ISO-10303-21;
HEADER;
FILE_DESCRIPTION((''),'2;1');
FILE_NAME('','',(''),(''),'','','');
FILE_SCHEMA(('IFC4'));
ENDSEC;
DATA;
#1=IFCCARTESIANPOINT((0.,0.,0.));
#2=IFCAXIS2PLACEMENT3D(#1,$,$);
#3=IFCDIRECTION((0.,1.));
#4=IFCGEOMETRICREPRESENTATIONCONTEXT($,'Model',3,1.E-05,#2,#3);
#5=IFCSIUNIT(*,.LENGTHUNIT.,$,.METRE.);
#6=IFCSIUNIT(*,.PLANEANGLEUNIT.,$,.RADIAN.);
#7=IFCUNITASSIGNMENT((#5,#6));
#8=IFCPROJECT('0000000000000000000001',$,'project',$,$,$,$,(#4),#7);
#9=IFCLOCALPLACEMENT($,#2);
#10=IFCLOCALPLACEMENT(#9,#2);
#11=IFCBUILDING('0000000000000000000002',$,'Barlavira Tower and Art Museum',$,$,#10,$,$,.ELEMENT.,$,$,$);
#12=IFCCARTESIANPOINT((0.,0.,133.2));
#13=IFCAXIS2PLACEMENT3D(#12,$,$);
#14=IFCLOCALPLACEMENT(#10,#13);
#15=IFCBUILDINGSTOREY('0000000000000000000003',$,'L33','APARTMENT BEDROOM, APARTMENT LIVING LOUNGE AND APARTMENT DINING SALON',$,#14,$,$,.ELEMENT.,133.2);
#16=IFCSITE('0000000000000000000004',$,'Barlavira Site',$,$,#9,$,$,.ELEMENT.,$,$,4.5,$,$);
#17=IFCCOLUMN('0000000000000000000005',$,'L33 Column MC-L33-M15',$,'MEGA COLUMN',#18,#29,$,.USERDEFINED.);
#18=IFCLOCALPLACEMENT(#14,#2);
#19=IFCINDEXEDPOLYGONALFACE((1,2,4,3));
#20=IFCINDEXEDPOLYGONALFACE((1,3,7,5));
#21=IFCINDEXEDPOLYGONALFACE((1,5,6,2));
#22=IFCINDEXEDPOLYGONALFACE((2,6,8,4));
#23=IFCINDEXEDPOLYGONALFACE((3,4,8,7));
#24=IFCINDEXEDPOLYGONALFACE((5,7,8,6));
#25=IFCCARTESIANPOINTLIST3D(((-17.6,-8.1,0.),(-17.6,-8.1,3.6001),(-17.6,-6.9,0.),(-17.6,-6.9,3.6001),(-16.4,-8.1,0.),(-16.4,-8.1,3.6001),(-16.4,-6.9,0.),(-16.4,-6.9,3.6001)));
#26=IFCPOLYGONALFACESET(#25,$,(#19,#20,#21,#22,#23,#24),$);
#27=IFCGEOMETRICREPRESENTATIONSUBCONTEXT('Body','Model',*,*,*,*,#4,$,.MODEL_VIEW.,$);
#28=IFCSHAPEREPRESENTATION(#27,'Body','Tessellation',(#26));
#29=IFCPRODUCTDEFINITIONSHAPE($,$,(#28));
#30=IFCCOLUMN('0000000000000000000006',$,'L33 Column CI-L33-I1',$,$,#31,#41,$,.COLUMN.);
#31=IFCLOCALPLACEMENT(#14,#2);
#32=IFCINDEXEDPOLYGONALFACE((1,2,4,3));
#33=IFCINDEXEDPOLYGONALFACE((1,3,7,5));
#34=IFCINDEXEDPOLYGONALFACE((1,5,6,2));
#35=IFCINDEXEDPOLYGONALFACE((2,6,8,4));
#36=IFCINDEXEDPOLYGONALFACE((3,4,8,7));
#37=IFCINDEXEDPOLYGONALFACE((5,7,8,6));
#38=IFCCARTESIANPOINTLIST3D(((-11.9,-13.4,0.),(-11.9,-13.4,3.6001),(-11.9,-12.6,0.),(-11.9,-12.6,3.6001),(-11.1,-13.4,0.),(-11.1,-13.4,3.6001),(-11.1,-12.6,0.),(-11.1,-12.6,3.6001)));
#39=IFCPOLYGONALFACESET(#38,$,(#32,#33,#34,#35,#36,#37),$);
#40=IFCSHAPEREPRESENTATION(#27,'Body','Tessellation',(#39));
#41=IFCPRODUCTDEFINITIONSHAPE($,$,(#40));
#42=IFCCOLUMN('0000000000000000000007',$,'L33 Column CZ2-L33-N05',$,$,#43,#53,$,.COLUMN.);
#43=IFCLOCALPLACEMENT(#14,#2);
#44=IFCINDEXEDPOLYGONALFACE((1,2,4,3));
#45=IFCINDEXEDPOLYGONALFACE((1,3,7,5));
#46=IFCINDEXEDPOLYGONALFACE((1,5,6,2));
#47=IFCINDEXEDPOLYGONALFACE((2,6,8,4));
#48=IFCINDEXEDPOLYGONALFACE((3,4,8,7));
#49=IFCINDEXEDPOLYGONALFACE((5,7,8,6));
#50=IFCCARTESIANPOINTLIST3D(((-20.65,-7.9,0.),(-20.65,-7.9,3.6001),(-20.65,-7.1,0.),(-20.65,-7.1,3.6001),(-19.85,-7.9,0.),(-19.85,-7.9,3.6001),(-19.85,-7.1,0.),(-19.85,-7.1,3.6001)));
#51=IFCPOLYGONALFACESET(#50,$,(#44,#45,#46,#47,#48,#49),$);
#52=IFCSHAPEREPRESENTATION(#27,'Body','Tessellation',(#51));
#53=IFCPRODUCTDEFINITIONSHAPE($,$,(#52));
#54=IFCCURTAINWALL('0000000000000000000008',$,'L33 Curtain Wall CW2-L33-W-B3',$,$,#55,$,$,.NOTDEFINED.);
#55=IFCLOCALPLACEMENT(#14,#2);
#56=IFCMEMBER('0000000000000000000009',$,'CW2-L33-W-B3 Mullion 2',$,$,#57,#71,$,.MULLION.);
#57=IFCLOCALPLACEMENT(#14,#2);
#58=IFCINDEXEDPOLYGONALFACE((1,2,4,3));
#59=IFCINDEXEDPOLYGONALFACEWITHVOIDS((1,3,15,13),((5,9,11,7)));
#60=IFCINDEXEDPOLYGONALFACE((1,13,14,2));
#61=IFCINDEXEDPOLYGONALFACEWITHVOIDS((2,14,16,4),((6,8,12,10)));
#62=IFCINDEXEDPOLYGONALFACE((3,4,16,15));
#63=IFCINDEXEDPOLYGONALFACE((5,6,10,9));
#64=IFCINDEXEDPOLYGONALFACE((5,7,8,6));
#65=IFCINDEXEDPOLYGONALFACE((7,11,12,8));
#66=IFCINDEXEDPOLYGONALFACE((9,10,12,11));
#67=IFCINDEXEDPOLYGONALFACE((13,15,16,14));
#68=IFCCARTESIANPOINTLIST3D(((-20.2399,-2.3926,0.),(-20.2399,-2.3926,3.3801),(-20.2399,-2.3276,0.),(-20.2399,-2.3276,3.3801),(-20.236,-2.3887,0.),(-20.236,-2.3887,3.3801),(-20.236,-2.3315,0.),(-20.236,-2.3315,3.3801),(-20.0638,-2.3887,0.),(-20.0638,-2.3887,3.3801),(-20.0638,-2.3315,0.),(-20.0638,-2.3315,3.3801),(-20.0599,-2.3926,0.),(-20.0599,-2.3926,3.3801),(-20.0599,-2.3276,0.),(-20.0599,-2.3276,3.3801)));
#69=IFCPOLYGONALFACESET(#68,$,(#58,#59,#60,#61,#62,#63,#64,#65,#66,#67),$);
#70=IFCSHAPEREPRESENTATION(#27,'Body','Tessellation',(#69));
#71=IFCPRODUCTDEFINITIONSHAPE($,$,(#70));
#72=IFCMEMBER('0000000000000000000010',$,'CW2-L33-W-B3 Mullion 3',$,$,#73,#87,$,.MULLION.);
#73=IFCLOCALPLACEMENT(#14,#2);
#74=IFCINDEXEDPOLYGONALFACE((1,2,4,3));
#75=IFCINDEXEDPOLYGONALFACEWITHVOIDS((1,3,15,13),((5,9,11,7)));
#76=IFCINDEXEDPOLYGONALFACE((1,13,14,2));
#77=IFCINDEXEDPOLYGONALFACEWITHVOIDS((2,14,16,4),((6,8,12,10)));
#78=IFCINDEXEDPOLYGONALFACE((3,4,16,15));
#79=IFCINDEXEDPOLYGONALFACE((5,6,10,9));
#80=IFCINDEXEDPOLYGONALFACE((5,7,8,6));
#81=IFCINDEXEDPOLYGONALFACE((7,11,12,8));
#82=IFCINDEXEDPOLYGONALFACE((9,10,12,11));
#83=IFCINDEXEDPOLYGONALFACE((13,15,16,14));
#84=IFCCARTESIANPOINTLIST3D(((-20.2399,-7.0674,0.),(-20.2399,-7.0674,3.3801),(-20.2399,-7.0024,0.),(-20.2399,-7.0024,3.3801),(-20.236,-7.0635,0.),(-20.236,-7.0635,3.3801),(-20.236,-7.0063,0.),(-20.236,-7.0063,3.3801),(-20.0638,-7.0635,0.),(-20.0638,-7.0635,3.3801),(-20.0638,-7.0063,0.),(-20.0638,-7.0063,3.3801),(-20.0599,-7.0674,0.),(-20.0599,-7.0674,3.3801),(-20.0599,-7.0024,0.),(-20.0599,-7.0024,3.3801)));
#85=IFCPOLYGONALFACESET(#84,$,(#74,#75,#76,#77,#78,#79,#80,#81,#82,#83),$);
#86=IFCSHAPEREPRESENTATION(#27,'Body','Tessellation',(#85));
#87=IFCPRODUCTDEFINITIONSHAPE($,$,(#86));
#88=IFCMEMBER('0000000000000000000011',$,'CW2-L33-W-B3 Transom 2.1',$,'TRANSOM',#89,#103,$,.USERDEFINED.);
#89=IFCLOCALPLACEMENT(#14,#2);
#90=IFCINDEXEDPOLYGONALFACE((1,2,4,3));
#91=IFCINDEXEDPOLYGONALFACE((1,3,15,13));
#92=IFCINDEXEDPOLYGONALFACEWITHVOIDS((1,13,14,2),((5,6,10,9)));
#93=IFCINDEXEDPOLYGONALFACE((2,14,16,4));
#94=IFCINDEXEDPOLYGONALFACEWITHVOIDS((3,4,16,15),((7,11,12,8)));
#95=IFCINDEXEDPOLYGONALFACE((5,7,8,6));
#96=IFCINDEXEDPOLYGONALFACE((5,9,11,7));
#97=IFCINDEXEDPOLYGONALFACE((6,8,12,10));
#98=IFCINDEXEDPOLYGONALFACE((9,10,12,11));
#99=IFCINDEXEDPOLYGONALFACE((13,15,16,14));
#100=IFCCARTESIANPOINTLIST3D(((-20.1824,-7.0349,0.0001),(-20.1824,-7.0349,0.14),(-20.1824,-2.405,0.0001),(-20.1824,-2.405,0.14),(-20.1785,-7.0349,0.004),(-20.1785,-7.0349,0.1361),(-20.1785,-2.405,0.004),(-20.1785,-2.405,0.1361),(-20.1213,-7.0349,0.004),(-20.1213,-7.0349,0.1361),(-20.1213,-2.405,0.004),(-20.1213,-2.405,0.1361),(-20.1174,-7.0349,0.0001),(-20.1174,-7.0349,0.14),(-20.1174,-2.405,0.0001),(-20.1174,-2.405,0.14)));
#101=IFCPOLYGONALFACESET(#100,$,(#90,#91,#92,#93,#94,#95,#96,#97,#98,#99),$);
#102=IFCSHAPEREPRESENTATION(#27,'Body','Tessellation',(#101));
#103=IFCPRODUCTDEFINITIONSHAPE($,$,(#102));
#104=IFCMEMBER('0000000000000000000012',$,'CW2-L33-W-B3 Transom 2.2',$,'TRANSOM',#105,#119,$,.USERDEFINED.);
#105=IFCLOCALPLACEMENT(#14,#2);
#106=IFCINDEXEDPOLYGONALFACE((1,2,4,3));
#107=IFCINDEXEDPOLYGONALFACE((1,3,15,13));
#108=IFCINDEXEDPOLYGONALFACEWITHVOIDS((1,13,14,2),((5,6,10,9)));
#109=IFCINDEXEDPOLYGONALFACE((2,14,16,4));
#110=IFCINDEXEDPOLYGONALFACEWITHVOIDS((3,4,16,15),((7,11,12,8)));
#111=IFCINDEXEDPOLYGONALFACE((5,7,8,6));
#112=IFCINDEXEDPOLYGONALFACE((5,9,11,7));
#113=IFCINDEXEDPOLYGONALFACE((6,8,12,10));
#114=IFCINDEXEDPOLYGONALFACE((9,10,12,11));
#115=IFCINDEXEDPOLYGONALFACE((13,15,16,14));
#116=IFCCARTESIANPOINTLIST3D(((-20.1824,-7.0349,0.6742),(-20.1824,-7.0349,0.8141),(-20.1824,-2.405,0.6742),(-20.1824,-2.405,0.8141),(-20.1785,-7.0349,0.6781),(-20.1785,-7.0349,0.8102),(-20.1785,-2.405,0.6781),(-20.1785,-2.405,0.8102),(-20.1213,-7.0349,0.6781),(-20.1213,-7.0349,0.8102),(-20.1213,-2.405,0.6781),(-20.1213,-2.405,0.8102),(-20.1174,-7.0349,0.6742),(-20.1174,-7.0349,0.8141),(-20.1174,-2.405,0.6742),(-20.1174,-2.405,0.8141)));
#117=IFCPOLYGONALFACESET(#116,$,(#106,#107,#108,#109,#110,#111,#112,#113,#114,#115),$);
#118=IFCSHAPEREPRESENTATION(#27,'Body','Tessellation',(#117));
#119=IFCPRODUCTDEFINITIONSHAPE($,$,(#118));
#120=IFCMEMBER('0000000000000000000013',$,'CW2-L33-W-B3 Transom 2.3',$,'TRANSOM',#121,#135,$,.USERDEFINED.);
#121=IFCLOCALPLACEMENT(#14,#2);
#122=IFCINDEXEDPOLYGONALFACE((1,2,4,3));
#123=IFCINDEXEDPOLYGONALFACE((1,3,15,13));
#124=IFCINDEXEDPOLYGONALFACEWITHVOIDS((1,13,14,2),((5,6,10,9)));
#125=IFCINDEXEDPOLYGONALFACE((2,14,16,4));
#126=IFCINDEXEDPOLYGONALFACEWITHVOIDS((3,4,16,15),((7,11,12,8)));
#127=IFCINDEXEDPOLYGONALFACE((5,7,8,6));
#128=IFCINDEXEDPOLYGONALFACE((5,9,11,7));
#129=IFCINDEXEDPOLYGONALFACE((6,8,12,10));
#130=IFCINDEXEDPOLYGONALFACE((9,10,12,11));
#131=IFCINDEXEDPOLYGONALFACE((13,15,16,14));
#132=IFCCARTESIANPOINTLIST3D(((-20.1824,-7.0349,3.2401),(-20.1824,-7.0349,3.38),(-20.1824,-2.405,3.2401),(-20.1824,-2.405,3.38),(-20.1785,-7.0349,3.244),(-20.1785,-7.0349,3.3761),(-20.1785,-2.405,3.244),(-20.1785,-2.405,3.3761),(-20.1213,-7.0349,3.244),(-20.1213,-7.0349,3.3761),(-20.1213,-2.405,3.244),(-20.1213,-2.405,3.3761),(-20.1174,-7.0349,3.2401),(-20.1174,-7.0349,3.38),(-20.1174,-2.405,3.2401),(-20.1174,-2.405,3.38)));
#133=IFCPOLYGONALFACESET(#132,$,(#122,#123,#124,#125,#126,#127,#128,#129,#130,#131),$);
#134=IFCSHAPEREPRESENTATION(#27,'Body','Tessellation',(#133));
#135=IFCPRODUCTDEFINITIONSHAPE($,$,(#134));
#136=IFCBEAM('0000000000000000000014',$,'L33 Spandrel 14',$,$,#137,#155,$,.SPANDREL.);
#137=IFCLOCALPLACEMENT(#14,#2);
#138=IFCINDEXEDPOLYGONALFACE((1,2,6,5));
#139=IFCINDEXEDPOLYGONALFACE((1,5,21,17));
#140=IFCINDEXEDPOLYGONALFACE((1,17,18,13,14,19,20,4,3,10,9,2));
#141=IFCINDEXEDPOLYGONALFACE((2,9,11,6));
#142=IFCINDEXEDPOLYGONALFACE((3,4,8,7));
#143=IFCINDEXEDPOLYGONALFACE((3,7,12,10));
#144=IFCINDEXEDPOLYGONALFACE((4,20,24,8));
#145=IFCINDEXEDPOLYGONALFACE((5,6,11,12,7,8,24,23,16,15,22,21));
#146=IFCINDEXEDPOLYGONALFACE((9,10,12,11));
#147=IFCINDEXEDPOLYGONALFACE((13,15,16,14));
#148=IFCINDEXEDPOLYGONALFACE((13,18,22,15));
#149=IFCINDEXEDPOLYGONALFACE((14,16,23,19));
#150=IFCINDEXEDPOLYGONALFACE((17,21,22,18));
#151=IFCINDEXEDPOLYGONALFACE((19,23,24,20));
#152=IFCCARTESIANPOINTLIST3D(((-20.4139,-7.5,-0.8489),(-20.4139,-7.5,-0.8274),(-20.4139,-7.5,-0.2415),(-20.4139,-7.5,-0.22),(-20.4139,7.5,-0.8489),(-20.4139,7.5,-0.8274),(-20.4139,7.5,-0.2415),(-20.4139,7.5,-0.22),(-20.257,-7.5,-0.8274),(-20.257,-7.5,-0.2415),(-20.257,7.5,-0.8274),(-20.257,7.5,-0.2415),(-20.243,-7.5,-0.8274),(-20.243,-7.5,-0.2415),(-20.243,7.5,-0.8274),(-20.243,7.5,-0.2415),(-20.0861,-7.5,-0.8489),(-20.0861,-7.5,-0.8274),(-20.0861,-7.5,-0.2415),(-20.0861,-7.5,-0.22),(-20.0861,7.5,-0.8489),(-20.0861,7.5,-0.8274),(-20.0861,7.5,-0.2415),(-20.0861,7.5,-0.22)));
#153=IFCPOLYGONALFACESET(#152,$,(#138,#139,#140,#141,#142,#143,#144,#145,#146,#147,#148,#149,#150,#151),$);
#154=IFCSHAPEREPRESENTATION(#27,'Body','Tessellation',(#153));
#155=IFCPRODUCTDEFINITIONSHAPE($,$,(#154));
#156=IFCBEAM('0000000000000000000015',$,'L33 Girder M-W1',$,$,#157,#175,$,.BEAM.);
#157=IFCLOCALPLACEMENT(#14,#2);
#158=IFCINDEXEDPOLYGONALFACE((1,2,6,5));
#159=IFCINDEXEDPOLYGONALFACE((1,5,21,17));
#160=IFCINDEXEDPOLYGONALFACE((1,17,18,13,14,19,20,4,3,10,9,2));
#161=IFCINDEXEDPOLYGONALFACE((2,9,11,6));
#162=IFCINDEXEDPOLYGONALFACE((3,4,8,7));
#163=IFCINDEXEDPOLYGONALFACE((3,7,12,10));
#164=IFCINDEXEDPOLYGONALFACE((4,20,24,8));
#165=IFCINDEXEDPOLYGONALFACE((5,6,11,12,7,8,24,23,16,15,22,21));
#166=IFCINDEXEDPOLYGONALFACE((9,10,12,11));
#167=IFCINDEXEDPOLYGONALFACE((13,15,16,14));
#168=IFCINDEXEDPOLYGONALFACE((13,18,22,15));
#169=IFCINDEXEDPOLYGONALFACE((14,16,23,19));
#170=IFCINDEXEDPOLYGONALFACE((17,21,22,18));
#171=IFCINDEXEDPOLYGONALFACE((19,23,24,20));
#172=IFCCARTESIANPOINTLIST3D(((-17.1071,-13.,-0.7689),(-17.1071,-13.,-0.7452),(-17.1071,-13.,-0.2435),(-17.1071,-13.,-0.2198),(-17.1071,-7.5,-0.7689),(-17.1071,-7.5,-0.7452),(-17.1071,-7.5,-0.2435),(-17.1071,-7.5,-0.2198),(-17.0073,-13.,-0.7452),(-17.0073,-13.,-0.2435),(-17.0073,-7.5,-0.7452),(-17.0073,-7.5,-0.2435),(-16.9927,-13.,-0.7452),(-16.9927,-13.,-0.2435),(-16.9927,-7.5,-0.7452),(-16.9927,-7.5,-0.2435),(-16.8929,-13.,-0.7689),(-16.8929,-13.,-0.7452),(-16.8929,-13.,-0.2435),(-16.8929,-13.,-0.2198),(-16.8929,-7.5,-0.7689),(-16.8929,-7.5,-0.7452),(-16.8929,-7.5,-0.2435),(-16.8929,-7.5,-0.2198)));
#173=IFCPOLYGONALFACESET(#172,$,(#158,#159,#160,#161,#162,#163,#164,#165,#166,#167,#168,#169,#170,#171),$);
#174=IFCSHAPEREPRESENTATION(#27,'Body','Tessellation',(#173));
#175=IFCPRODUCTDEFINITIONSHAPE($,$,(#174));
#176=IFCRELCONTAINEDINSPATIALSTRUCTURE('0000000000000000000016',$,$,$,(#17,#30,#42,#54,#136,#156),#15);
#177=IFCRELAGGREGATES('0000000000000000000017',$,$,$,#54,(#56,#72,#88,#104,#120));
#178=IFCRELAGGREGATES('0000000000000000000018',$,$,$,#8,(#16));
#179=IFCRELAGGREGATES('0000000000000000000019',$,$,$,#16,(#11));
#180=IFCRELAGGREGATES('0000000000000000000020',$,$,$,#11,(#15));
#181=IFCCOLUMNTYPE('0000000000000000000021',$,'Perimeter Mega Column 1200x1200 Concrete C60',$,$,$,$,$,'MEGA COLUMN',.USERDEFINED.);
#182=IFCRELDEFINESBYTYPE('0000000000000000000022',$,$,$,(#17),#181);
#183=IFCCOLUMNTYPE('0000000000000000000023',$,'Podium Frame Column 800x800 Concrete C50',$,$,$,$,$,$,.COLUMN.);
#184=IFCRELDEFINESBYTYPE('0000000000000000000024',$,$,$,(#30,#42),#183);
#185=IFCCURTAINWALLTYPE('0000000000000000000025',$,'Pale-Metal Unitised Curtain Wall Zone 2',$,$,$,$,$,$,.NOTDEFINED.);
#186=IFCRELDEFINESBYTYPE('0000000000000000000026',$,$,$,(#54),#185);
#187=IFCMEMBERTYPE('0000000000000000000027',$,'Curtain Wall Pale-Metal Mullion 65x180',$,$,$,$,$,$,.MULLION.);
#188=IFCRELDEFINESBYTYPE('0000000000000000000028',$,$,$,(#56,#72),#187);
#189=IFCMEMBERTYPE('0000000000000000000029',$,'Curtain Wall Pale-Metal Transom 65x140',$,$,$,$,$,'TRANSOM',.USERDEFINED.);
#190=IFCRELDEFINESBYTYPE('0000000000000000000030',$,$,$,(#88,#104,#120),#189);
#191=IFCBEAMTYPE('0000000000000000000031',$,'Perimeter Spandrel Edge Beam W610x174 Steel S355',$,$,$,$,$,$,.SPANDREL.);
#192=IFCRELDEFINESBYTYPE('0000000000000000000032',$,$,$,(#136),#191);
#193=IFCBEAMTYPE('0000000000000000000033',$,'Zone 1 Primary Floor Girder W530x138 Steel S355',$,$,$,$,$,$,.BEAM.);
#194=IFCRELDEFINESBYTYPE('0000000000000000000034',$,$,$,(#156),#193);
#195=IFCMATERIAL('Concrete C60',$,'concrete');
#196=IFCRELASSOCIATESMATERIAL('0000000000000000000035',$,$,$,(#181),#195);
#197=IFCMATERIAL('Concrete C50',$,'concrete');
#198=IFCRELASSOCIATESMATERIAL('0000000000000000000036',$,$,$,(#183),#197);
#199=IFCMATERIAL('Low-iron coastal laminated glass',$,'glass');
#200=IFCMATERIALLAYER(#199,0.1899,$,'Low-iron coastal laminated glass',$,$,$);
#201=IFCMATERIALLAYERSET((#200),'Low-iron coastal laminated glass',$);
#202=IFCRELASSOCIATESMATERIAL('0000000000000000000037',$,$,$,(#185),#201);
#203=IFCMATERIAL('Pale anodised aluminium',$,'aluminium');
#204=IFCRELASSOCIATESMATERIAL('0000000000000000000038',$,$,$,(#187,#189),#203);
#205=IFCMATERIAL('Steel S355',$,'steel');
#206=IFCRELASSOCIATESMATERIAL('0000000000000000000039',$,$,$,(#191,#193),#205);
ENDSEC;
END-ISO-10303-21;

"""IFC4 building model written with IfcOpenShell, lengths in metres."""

from ifc_helpers import new_model, si_unit, direction, frame, origin, origin_2d, place, context, subcontext, project, spatial, rectangle, hollow_rectangle, i_section, extrude, material, layer, layer_set, material_profile, profile_set, type_object, element, aggregate, save


model = new_model("IFC4")

# Units and contexts
model_context = context("Model", 3, precision=1e-05, world=origin(), true_north=direction((0.0, 1.0)))
body_context = subcontext(model_context, "Body", "Model", "MODEL_VIEW")
ifc_project = project(units=[si_unit("LENGTHUNIT", "METRE"), si_unit("PLANEANGLEUNIT", "RADIAN")], contexts=[model_context])

# Site, building, storey
site_placement = place(None, origin())
site = spatial("IfcSite", under=ifc_project, at=site_placement, Name="Barlavira Site", CompositionType="ELEMENT", RefElevation=4.5)
building_placement = place(site_placement, origin())
building = spatial("IfcBuilding", under=site, at=building_placement, Name="Barlavira Tower and Art Museum", CompositionType="ELEMENT")
storey_placement = place(building_placement, frame((0.0, 0.0, 133.2)))
storey = spatial("IfcBuildingStorey", under=building, at=storey_placement, Name="L33", Description="APARTMENT BEDROOM, APARTMENT LIVING LOUNGE AND APARTMENT DINING SALON", CompositionType="ELEMENT", Elevation=133.2)

# Columns
ifc_material_1 = material(Name="Concrete C60", Category="concrete")
ifc_material_profile_1 = material_profile(ifc_material_1, rectangle(XDim=1.2, YDim=1.2, at=origin_2d()), Name="RC-COL 1200x1200")
ifc_profile_set_1 = profile_set([ifc_material_profile_1], Name="Concrete C60")
column_type_1 = type_object("IfcColumnType", Name="Perimeter Mega Column 1200x1200 Concrete C60", ElementType="MEGA COLUMN", PredefinedType="USERDEFINED", material=ifc_profile_set_1)
column_placement = place(storey_placement, frame((-17.0, -7.5, 0.0), z_axis=(0.0, 0.0, 1.0), x_axis=(1.0, 0.0, 0.0)))
element("IfcColumn", 1, at=column_placement, inside=storey, type_object=column_type_1, Name="L33 Column MC-L33-M15", ObjectType="MEGA COLUMN", PredefinedType="USERDEFINED", context=body_context, shape_type="SweptSolid", body=[
    extrude(rectangle(XDim=1.2, YDim=1.2, at=origin_2d()), origin(), (0.0, 0.0, 1.0), 3.6001),
])
ifc_material_2 = material(Name="Concrete C50", Category="concrete")
ifc_material_profile_2 = material_profile(ifc_material_2, rectangle(XDim=0.8, YDim=0.8, at=origin_2d()), Name="RC-COL 800x800")
ifc_profile_set_2 = profile_set([ifc_material_profile_2], Name="Concrete C50")
column_type_2 = type_object("IfcColumnType", Name="Podium Frame Column 800x800 Concrete C50", PredefinedType="COLUMN", material=ifc_profile_set_2)
for number, where, z_axis, x_axis, name in (
    (2, (-11.5, -13.0, 0.0), (0.0, 0.0, 1.0), (1.0, 0.0, 0.0), "L33 Column CI-L33-I1"),
    (3, (-20.25, -7.5, 0.0), (0.0, 0.0, 1.0), (1.0, 0.0, 0.0), "L33 Column CZ2-L33-N05"),
):
    element("IfcColumn", number, at=place(storey_placement, frame(where, z_axis=z_axis, x_axis=x_axis)), inside=storey, type_object=column_type_2, Name=name, PredefinedType="COLUMN", context=body_context, shape_type="SweptSolid", body=[
        extrude(rectangle(XDim=0.8, YDim=0.8, at=origin_2d()), origin(), (0.0, 0.0, 1.0), 3.6001),
    ])

# Curtain wall, members
ifc_material_3 = material(Name="Low-iron coastal laminated glass", Category="glass")
ifc_layer_1 = layer(ifc_material_3, 0.1899, Name="Low-iron coastal laminated glass")
ifc_layer_set_1 = layer_set([ifc_layer_1], Name="Low-iron coastal laminated glass")
curtain_wall_type = type_object("IfcCurtainWallType", Name="Pale-Metal Unitised Curtain Wall Zone 2", PredefinedType="NOTDEFINED", material=ifc_layer_set_1)
curtain_wall_placement = place(storey_placement, origin())
curtain_wall = element("IfcCurtainWall", 4, at=curtain_wall_placement, inside=storey, type_object=curtain_wall_type, Name="L33 Curtain Wall CW2-L33-W-B3", PredefinedType="NOTDEFINED")
ifc_material_4 = material(Name="Pale anodised aluminium", Category="aluminium")
ifc_material_profile_3 = material_profile(ifc_material_4, hollow_rectangle(XDim=0.0649, YDim=0.1799, WallThickness=0.0039, at=origin_2d()), Name="ALU-MULL 65x180x4")
ifc_profile_set_3 = profile_set([ifc_material_profile_3], Name="Pale anodised aluminium")
member_type_1 = type_object("IfcMemberType", Name="Curtain Wall Pale-Metal Mullion 65x180", PredefinedType="MULLION", material=ifc_profile_set_3)
member_1_placement = place(storey_placement, frame((-20.1499, -2.3601, 0.0), z_axis=(0.0, 0.0, 1.0), x_axis=(0.0, -1.0, 0.0)))
member_1 = element("IfcMember", 5, at=member_1_placement, type_object=member_type_1, Name="CW2-L33-W-B3 Mullion 2", PredefinedType="MULLION", context=body_context, shape_type="SweptSolid", body=[
    extrude(hollow_rectangle(XDim=0.0649, YDim=0.1799, WallThickness=0.0039, at=origin_2d()), origin(), (0.0, 0.0, 1.0), 3.3801),
])
member_2_placement = place(storey_placement, frame((-20.1499, -7.0349, 0.0), z_axis=(0.0, 0.0, 1.0), x_axis=(0.0, -1.0, 0.0)))
member_2 = element("IfcMember", 6, at=member_2_placement, type_object=member_type_1, Name="CW2-L33-W-B3 Mullion 3", PredefinedType="MULLION", context=body_context, shape_type="SweptSolid", body=[
    extrude(hollow_rectangle(XDim=0.0649, YDim=0.1799, WallThickness=0.0039, at=origin_2d()), origin(), (0.0, 0.0, 1.0), 3.3801),
])
ifc_material_profile_4 = material_profile(ifc_material_4, hollow_rectangle(XDim=0.0649, YDim=0.1399, WallThickness=0.0039, at=origin_2d()), Name="ALU-TRAN 65x140x4")
ifc_profile_set_4 = profile_set([ifc_material_profile_4], Name="Pale anodised aluminium")
member_type_2 = type_object("IfcMemberType", Name="Curtain Wall Pale-Metal Transom 65x140", ElementType="TRANSOM", PredefinedType="USERDEFINED", material=ifc_profile_set_4)
member_3_placement = place(storey_placement, frame((-20.1499, -2.405, 0.0701), z_axis=(0.0, -1.0, 0.0), x_axis=(1.0, 0.0, 0.0)))
member_3 = element("IfcMember", 7, at=member_3_placement, type_object=member_type_2, Name="CW2-L33-W-B3 Transom 2.1", ObjectType="TRANSOM", PredefinedType="USERDEFINED", context=body_context, shape_type="SweptSolid", body=[
    extrude(hollow_rectangle(XDim=0.0649, YDim=0.1399, WallThickness=0.0039, at=origin_2d()), origin(), (0.0, 0.0, 1.0), 4.6299),
])
member_4_placement = place(storey_placement, frame((-20.1499, -2.405, 0.7441), z_axis=(0.0, -1.0, 0.0), x_axis=(1.0, 0.0, 0.0)))
member_4 = element("IfcMember", 8, at=member_4_placement, type_object=member_type_2, Name="CW2-L33-W-B3 Transom 2.2", ObjectType="TRANSOM", PredefinedType="USERDEFINED", context=body_context, shape_type="SweptSolid", body=[
    extrude(hollow_rectangle(XDim=0.0649, YDim=0.1399, WallThickness=0.0039, at=origin_2d()), origin(), (0.0, 0.0, 1.0), 4.6299),
])
member_5_placement = place(storey_placement, frame((-20.1499, -2.405, 3.3101), z_axis=(0.0, -1.0, 0.0), x_axis=(1.0, 0.0, 0.0)))
member_5 = element("IfcMember", 9, at=member_5_placement, type_object=member_type_2, Name="CW2-L33-W-B3 Transom 2.3", ObjectType="TRANSOM", PredefinedType="USERDEFINED", context=body_context, shape_type="SweptSolid", body=[
    extrude(hollow_rectangle(XDim=0.0649, YDim=0.1399, WallThickness=0.0039, at=origin_2d()), origin(), (0.0, 0.0, 1.0), 4.6299),
])

# Beams
ifc_material_5 = material(Name="Steel S355", Category="steel")
ifc_material_profile_5 = material_profile(ifc_material_5, i_section(OverallWidth=0.3279, OverallDepth=0.6289, WebThickness=0.0139, FlangeThickness=0.0215, at=origin_2d()), Name="W610x174.0")
ifc_profile_set_5 = profile_set([ifc_material_profile_5], Name="Steel S355")
beam_type_1 = type_object("IfcBeamType", Name="Perimeter Spandrel Edge Beam W610x174 Steel S355", PredefinedType="SPANDREL", material=ifc_profile_set_5)
beam_1_placement = place(storey_placement, frame((-20.25, -7.5, -0.5344), z_axis=(0.0, 1.0, 0.0), x_axis=(-1.0, 0.0, 0.0)))
element("IfcBeam", 10, at=beam_1_placement, inside=storey, type_object=beam_type_1, Name="L33 Spandrel 14", PredefinedType="SPANDREL", context=body_context, shape_type="SweptSolid", body=[
    extrude(i_section(OverallWidth=0.3279, OverallDepth=0.6289, WebThickness=0.0139, FlangeThickness=0.0215, at=origin_2d()), origin(), (0.0, 0.0, 1.0), 15.0),
])
ifc_material_profile_6 = material_profile(ifc_material_5, i_section(OverallWidth=0.2141, OverallDepth=0.5491, WebThickness=0.0146, FlangeThickness=0.0237, at=origin_2d()), Name="W530x138.0")
ifc_profile_set_6 = profile_set([ifc_material_profile_6], Name="Steel S355")
beam_type_2 = type_object("IfcBeamType", Name="Zone 1 Primary Floor Girder W530x138 Steel S355", PredefinedType="BEAM", material=ifc_profile_set_6)
beam_2_placement = place(storey_placement, frame((-17.0, -13.0, -0.4944), z_axis=(0.0, 1.0, 0.0), x_axis=(-1.0, 0.0, 0.0)))
element("IfcBeam", 11, at=beam_2_placement, inside=storey, type_object=beam_type_2, Name="L33 Girder M-W1", PredefinedType="BEAM", context=body_context, shape_type="SweptSolid", body=[
    extrude(i_section(OverallWidth=0.2141, OverallDepth=0.5491, WebThickness=0.0146, FlangeThickness=0.0237, at=origin_2d()), origin(), (0.0, 0.0, 1.0), 5.5),
])

aggregate(curtain_wall, [member_1, member_2, member_3, member_4, member_5])

save(model, "model.ifc")
